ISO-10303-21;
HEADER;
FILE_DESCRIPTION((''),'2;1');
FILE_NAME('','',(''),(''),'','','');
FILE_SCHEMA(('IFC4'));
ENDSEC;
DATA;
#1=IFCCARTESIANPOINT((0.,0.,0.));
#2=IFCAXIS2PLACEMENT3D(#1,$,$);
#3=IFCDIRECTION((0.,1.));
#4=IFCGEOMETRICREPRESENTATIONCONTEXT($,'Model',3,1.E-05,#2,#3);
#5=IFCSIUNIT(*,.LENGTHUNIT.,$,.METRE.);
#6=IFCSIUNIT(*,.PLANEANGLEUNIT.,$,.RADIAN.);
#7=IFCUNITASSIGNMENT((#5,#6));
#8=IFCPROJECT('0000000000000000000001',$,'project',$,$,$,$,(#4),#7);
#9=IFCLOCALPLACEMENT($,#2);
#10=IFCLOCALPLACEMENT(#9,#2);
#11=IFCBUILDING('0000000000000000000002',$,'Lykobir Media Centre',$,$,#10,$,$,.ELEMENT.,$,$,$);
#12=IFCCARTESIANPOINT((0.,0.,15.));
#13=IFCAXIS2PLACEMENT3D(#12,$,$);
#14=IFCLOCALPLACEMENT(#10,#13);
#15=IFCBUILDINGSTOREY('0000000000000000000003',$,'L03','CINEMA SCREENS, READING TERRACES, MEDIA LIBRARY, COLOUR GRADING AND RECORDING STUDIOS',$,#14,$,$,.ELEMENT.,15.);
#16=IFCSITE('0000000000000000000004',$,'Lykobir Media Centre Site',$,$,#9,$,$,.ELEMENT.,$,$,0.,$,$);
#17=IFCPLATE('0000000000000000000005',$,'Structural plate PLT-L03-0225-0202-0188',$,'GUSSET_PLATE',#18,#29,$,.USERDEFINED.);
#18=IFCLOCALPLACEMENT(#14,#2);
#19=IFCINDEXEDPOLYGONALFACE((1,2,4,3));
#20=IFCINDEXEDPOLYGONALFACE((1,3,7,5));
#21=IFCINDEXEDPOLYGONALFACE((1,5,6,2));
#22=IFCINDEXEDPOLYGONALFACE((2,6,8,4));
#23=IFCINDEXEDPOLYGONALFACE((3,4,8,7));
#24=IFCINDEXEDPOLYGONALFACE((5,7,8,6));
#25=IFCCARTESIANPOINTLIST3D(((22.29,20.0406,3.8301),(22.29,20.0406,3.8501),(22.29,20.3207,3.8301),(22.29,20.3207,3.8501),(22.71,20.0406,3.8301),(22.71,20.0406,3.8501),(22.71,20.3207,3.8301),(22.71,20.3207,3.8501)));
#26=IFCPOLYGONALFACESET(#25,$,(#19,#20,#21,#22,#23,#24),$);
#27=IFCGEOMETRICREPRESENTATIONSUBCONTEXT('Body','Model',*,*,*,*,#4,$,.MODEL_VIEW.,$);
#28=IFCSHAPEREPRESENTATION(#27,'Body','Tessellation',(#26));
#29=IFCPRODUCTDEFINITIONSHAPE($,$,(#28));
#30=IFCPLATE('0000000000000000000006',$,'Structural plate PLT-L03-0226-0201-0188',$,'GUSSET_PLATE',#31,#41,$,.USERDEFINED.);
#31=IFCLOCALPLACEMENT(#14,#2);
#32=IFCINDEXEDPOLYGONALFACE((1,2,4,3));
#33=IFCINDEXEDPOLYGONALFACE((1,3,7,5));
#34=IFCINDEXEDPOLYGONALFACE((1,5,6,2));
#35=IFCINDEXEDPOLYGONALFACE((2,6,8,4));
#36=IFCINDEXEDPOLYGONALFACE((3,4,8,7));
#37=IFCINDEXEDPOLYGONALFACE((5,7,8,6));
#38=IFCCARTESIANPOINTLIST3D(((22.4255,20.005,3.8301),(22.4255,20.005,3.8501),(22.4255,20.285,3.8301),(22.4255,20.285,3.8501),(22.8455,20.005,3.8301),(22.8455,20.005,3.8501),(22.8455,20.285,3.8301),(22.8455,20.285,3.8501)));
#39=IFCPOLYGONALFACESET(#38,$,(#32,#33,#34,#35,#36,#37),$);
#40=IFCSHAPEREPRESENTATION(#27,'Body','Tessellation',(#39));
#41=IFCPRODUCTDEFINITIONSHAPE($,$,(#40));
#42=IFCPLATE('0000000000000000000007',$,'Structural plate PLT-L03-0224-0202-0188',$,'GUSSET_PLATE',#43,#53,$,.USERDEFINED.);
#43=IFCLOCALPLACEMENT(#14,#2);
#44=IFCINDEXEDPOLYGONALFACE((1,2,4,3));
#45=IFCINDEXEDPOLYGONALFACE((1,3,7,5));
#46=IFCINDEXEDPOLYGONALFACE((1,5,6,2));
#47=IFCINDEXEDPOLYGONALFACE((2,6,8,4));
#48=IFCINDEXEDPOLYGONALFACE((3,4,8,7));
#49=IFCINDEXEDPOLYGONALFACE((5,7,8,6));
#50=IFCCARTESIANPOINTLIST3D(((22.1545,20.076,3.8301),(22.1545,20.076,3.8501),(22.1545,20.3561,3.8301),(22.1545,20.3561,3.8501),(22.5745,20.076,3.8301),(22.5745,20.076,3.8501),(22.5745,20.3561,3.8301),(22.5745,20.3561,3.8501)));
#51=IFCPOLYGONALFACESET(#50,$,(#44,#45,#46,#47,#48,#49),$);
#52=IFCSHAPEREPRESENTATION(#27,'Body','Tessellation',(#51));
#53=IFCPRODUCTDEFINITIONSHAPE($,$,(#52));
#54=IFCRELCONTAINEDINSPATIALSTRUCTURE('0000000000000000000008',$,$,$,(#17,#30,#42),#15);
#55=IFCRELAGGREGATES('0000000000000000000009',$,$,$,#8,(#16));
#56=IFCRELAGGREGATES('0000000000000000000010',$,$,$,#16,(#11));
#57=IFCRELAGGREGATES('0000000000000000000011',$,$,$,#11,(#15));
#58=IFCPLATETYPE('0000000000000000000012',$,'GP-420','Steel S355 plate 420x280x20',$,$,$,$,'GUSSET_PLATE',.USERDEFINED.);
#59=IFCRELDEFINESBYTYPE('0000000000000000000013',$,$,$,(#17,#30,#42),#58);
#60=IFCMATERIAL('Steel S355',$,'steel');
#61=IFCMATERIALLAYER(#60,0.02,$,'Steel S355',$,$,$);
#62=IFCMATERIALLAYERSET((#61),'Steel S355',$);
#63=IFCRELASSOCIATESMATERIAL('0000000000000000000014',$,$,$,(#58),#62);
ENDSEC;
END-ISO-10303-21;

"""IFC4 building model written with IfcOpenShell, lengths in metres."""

from ifc_helpers import new_model, si_unit, direction, frame, origin, origin_2d, place, context, subcontext, project, spatial, rectangle, extrude, material, layer, layer_set, type_object, element, save


model = new_model("IFC4")

# Units and contexts
model_context = context("Model", 3, precision=1e-05, world=origin(), true_north=direction((0.0, 1.0)))
body_context = subcontext(model_context, "Body", "Model", "MODEL_VIEW")
ifc_project = project(units=[si_unit("LENGTHUNIT", "METRE"), si_unit("PLANEANGLEUNIT", "RADIAN")], contexts=[model_context])

# Site, building, storey
site_placement = place(None, origin())
site = spatial("IfcSite", under=ifc_project, at=site_placement, Name="Lykobir Media Centre Site", CompositionType="ELEMENT", RefElevation=0.0)
building_placement = place(site_placement, origin())
building = spatial("IfcBuilding", under=site, at=building_placement, Name="Lykobir Media Centre", CompositionType="ELEMENT")
storey_placement = place(building_placement, frame((0.0, 0.0, 15.0)))
storey = spatial("IfcBuildingStorey", under=building, at=storey_placement, Name="L03", Description="CINEMA SCREENS, READING TERRACES, MEDIA LIBRARY, COLOUR GRADING AND RECORDING STUDIOS", CompositionType="ELEMENT", Elevation=15.0)

# Shared definitions
ifc_material_1 = material(Name="Steel S355", Category="steel")

# Plates
ifc_layer_1 = layer(ifc_material_1, 0.02, Name="Steel S355")
ifc_layer_set_1 = layer_set([ifc_layer_1], Name="Steel S355")
plate_type_1 = type_object("IfcPlateType", Name="GP-420", Description="Steel S355 plate 420x280x20", ElementType="GUSSET_PLATE", PredefinedType="USERDEFINED", material=ifc_layer_set_1)
for number, where, z_axis, x_axis, name in (
    (1, (22.5, 20.1807, 3.8301), (0.0, 0.0, 1.0), (1.0, 0.0, 0.0), "Structural plate PLT-L03-0225-0202-0188"),
    (2, (22.6355, 20.145, 3.8301), (0.0, 0.0, 1.0), (1.0, 0.0, 0.0), "Structural plate PLT-L03-0226-0201-0188"),
    (3, (22.3645, 20.2161, 3.8301), (0.0, 0.0, 1.0), (1.0, 0.0, 0.0), "Structural plate PLT-L03-0224-0202-0188"),
):
    element("IfcPlate", number, at=place(storey_placement, frame(where, z_axis=z_axis, x_axis=x_axis)), inside=storey, type_object=plate_type_1, Name=name, ObjectType="GUSSET_PLATE", PredefinedType="USERDEFINED", context=body_context, shape_type="SweptSolid", body=[
        extrude(rectangle(XDim=0.4199, YDim=0.28, at=origin_2d()), origin(), (0.0, 0.0, 1.0), 0.02),
    ])

save(model, "model.ifc")
